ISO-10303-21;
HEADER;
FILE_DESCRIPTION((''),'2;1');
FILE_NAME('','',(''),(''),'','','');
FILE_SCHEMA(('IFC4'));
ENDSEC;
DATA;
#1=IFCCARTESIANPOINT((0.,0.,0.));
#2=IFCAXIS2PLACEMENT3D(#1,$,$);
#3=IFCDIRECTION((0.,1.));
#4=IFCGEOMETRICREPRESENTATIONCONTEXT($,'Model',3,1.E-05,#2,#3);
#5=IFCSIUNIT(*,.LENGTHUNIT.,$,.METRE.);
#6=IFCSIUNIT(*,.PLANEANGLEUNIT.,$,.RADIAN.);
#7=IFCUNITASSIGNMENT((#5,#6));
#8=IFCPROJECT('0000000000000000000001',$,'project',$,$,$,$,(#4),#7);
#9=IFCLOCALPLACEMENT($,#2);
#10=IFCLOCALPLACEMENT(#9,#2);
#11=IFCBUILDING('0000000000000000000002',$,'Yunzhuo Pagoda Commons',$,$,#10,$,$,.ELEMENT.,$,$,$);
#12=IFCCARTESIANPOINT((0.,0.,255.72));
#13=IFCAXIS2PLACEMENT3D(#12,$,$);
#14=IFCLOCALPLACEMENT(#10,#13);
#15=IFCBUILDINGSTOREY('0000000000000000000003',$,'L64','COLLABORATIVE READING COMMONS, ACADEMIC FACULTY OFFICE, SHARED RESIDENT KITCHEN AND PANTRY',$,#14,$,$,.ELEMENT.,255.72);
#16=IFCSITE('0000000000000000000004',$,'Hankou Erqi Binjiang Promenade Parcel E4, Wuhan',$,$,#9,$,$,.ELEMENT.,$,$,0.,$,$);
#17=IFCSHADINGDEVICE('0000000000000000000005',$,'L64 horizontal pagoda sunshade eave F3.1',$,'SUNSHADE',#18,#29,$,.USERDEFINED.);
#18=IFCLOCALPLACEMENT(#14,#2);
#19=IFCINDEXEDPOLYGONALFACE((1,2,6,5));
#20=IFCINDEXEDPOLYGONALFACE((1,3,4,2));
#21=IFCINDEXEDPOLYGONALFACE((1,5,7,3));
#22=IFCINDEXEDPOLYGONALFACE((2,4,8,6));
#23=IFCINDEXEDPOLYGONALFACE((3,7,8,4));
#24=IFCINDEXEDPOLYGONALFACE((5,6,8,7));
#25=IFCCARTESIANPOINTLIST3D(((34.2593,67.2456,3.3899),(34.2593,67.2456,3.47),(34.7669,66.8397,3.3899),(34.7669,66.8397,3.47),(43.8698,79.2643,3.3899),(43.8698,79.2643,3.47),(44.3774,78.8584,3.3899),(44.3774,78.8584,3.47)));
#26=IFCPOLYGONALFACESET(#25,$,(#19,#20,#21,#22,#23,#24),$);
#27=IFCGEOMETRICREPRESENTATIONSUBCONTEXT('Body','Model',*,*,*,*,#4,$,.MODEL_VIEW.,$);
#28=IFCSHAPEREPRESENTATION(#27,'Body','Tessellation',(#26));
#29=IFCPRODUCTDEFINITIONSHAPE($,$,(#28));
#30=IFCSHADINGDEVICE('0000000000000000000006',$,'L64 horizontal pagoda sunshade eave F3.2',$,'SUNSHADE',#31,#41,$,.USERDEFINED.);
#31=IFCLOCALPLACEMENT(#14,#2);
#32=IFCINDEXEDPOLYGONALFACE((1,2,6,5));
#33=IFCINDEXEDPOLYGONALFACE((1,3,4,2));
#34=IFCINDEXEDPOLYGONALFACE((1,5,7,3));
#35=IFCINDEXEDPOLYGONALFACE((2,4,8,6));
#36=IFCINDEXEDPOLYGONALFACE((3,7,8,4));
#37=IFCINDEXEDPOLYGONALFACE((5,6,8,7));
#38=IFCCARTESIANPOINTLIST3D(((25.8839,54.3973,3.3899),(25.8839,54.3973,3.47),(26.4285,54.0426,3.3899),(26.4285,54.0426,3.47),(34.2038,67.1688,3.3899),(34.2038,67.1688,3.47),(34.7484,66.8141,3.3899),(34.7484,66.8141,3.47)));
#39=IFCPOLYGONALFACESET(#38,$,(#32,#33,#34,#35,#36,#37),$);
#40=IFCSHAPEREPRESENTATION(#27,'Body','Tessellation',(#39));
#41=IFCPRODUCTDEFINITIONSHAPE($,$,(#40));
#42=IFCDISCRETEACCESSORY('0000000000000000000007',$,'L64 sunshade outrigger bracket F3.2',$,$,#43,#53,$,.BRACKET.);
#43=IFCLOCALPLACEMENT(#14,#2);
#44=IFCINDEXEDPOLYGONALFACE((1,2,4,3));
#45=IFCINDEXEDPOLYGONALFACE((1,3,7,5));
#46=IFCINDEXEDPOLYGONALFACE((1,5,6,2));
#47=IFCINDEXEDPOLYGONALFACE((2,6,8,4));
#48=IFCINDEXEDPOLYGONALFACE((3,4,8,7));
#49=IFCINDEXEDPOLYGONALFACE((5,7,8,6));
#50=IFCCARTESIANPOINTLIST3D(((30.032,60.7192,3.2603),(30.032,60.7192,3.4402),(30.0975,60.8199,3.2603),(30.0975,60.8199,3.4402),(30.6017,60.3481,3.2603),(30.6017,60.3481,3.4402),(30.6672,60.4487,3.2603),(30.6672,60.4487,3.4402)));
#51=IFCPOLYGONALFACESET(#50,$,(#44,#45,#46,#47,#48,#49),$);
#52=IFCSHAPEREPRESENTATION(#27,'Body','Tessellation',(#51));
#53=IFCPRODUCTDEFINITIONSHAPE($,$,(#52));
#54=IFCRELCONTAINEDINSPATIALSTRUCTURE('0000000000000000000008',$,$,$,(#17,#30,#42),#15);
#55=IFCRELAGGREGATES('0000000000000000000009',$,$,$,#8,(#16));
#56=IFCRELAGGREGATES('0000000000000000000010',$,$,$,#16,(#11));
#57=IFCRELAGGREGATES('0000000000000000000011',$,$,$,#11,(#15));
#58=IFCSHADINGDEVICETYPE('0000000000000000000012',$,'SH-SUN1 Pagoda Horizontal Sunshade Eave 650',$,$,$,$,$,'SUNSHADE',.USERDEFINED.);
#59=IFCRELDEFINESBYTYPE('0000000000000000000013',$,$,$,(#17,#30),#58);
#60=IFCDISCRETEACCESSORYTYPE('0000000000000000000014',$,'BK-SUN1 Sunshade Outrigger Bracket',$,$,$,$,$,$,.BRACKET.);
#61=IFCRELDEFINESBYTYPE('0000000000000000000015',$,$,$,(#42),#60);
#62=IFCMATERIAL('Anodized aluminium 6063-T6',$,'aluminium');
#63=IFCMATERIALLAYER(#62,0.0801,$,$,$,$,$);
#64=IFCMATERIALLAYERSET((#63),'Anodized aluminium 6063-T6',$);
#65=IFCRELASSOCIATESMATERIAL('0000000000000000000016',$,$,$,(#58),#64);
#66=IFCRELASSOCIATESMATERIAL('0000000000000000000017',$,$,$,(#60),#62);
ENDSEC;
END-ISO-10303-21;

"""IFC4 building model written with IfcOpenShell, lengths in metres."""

from ifc_helpers import new_model, si_unit, direction, frame, origin, origin_2d, place, context, subcontext, project, spatial, rectangle, extrude, source, transform, mapped, material, layer, layer_set, type_object, element, save


model = new_model("IFC4")

# Units and contexts
model_context = context("Model", 3, precision=1e-05, world=origin(), true_north=direction((0.0, 1.0)))
body_context = subcontext(model_context, "Body", "Model", "MODEL_VIEW")
ifc_project = project(units=[si_unit("LENGTHUNIT", "METRE"), si_unit("PLANEANGLEUNIT", "RADIAN")], contexts=[model_context])

# Site, building, storey
site_placement = place(None, origin())
site = spatial("IfcSite", under=ifc_project, at=site_placement, Name="Hankou Erqi Binjiang Promenade Parcel E4, Wuhan", CompositionType="ELEMENT", RefElevation=0.0)
building_placement = place(site_placement, origin())
building = spatial("IfcBuilding", under=site, at=building_placement, Name="Yunzhuo Pagoda Commons", CompositionType="ELEMENT")
storey_placement = place(building_placement, frame((0.0, 0.0, 255.72)))
storey = spatial("IfcBuildingStorey", under=building, at=storey_placement, Name="L64", Description="COLLABORATIVE READING COMMONS, ACADEMIC FACULTY OFFICE, SHARED RESIDENT KITCHEN AND PANTRY", CompositionType="ELEMENT", Elevation=255.72)

# Shared definitions
ifc_material_1 = material(Name="Anodized aluminium 6063-T6", Category="aluminium")

# Shading devices
ifc_layer_1 = layer(ifc_material_1, 0.0801)
ifc_layer_set_1 = layer_set([ifc_layer_1], Name="Anodized aluminium 6063-T6")
shading_device_type = type_object("IfcShadingDeviceType", Name="SH-SUN1 Pagoda Horizontal Sunshade Eave 650", ElementType="SUNSHADE", PredefinedType="USERDEFINED", material=ifc_layer_set_1)
shared_shape_1 = source(origin(), body_context, "Body", "SweptSolid", [
    extrude(rectangle(XDim=15.3887, YDim=0.6499, at=origin_2d()), origin(), (0.0, 0.0, 1.0), 0.0801),
])
shading_device_1_placement = place(storey_placement, frame((39.3184, 73.052, 3.3899), z_axis=(0.0, 0.0, 1.0), x_axis=(-0.62452, -0.781008, 0.0)))
element("IfcShadingDevice", 1, at=shading_device_1_placement, inside=storey, type_object=shading_device_type, Name="L64 horizontal pagoda sunshade eave F3.1", ObjectType="SUNSHADE", PredefinedType="USERDEFINED", context=body_context, shape_type="MappedRepresentation", body=[
    mapped(shared_shape_1, transform((0.0, 0.0, 0.0), scale=1.0)),
])
shared_shape_2 = source(origin(), body_context, "Body", "SweptSolid", [
    extrude(rectangle(XDim=15.2424, YDim=0.6499, at=origin_2d()), origin(), (0.0, 0.0, 1.0), 0.0801),
])
shading_device_2_placement = place(storey_placement, frame((30.3162, 60.6057, 3.3899), z_axis=(0.0, 0.0, 1.0), x_axis=(-0.545839, -0.83789, 0.0)))
element("IfcShadingDevice", 2, at=shading_device_2_placement, inside=storey, type_object=shading_device_type, Name="L64 horizontal pagoda sunshade eave F3.2", ObjectType="SUNSHADE", PredefinedType="USERDEFINED", context=body_context, shape_type="MappedRepresentation", body=[
    mapped(shared_shape_2, transform((0.0, 0.0, 0.0), scale=1.0)),
])

# Discrete accessory
discrete_accessory_type = type_object("IfcDiscreteAccessoryType", Name="BK-SUN1 Sunshade Outrigger Bracket", PredefinedType="BRACKET", material=ifc_material_1)
shared_shape_3 = source(origin(), body_context, "Body", "SweptSolid", [
    extrude(rectangle(XDim=0.1201, YDim=0.6799, at=origin_2d()), origin(), (0.0, 0.0, 1.0), 0.1799),
])
discrete_accessory_placement = place(storey_placement, frame((30.3496, 60.584, 3.2603), z_axis=(0.0, 0.0, 1.0), x_axis=(-0.545839, -0.83789, 0.0)))
element("IfcDiscreteAccessory", 3, at=discrete_accessory_placement, inside=storey, type_object=discrete_accessory_type, Name="L64 sunshade outrigger bracket F3.2", PredefinedType="BRACKET", context=body_context, shape_type="MappedRepresentation", body=[
    mapped(shared_shape_3, transform((0.0, 0.0, 0.0), scale=1.0)),
])

save(model, "model.ifc")
